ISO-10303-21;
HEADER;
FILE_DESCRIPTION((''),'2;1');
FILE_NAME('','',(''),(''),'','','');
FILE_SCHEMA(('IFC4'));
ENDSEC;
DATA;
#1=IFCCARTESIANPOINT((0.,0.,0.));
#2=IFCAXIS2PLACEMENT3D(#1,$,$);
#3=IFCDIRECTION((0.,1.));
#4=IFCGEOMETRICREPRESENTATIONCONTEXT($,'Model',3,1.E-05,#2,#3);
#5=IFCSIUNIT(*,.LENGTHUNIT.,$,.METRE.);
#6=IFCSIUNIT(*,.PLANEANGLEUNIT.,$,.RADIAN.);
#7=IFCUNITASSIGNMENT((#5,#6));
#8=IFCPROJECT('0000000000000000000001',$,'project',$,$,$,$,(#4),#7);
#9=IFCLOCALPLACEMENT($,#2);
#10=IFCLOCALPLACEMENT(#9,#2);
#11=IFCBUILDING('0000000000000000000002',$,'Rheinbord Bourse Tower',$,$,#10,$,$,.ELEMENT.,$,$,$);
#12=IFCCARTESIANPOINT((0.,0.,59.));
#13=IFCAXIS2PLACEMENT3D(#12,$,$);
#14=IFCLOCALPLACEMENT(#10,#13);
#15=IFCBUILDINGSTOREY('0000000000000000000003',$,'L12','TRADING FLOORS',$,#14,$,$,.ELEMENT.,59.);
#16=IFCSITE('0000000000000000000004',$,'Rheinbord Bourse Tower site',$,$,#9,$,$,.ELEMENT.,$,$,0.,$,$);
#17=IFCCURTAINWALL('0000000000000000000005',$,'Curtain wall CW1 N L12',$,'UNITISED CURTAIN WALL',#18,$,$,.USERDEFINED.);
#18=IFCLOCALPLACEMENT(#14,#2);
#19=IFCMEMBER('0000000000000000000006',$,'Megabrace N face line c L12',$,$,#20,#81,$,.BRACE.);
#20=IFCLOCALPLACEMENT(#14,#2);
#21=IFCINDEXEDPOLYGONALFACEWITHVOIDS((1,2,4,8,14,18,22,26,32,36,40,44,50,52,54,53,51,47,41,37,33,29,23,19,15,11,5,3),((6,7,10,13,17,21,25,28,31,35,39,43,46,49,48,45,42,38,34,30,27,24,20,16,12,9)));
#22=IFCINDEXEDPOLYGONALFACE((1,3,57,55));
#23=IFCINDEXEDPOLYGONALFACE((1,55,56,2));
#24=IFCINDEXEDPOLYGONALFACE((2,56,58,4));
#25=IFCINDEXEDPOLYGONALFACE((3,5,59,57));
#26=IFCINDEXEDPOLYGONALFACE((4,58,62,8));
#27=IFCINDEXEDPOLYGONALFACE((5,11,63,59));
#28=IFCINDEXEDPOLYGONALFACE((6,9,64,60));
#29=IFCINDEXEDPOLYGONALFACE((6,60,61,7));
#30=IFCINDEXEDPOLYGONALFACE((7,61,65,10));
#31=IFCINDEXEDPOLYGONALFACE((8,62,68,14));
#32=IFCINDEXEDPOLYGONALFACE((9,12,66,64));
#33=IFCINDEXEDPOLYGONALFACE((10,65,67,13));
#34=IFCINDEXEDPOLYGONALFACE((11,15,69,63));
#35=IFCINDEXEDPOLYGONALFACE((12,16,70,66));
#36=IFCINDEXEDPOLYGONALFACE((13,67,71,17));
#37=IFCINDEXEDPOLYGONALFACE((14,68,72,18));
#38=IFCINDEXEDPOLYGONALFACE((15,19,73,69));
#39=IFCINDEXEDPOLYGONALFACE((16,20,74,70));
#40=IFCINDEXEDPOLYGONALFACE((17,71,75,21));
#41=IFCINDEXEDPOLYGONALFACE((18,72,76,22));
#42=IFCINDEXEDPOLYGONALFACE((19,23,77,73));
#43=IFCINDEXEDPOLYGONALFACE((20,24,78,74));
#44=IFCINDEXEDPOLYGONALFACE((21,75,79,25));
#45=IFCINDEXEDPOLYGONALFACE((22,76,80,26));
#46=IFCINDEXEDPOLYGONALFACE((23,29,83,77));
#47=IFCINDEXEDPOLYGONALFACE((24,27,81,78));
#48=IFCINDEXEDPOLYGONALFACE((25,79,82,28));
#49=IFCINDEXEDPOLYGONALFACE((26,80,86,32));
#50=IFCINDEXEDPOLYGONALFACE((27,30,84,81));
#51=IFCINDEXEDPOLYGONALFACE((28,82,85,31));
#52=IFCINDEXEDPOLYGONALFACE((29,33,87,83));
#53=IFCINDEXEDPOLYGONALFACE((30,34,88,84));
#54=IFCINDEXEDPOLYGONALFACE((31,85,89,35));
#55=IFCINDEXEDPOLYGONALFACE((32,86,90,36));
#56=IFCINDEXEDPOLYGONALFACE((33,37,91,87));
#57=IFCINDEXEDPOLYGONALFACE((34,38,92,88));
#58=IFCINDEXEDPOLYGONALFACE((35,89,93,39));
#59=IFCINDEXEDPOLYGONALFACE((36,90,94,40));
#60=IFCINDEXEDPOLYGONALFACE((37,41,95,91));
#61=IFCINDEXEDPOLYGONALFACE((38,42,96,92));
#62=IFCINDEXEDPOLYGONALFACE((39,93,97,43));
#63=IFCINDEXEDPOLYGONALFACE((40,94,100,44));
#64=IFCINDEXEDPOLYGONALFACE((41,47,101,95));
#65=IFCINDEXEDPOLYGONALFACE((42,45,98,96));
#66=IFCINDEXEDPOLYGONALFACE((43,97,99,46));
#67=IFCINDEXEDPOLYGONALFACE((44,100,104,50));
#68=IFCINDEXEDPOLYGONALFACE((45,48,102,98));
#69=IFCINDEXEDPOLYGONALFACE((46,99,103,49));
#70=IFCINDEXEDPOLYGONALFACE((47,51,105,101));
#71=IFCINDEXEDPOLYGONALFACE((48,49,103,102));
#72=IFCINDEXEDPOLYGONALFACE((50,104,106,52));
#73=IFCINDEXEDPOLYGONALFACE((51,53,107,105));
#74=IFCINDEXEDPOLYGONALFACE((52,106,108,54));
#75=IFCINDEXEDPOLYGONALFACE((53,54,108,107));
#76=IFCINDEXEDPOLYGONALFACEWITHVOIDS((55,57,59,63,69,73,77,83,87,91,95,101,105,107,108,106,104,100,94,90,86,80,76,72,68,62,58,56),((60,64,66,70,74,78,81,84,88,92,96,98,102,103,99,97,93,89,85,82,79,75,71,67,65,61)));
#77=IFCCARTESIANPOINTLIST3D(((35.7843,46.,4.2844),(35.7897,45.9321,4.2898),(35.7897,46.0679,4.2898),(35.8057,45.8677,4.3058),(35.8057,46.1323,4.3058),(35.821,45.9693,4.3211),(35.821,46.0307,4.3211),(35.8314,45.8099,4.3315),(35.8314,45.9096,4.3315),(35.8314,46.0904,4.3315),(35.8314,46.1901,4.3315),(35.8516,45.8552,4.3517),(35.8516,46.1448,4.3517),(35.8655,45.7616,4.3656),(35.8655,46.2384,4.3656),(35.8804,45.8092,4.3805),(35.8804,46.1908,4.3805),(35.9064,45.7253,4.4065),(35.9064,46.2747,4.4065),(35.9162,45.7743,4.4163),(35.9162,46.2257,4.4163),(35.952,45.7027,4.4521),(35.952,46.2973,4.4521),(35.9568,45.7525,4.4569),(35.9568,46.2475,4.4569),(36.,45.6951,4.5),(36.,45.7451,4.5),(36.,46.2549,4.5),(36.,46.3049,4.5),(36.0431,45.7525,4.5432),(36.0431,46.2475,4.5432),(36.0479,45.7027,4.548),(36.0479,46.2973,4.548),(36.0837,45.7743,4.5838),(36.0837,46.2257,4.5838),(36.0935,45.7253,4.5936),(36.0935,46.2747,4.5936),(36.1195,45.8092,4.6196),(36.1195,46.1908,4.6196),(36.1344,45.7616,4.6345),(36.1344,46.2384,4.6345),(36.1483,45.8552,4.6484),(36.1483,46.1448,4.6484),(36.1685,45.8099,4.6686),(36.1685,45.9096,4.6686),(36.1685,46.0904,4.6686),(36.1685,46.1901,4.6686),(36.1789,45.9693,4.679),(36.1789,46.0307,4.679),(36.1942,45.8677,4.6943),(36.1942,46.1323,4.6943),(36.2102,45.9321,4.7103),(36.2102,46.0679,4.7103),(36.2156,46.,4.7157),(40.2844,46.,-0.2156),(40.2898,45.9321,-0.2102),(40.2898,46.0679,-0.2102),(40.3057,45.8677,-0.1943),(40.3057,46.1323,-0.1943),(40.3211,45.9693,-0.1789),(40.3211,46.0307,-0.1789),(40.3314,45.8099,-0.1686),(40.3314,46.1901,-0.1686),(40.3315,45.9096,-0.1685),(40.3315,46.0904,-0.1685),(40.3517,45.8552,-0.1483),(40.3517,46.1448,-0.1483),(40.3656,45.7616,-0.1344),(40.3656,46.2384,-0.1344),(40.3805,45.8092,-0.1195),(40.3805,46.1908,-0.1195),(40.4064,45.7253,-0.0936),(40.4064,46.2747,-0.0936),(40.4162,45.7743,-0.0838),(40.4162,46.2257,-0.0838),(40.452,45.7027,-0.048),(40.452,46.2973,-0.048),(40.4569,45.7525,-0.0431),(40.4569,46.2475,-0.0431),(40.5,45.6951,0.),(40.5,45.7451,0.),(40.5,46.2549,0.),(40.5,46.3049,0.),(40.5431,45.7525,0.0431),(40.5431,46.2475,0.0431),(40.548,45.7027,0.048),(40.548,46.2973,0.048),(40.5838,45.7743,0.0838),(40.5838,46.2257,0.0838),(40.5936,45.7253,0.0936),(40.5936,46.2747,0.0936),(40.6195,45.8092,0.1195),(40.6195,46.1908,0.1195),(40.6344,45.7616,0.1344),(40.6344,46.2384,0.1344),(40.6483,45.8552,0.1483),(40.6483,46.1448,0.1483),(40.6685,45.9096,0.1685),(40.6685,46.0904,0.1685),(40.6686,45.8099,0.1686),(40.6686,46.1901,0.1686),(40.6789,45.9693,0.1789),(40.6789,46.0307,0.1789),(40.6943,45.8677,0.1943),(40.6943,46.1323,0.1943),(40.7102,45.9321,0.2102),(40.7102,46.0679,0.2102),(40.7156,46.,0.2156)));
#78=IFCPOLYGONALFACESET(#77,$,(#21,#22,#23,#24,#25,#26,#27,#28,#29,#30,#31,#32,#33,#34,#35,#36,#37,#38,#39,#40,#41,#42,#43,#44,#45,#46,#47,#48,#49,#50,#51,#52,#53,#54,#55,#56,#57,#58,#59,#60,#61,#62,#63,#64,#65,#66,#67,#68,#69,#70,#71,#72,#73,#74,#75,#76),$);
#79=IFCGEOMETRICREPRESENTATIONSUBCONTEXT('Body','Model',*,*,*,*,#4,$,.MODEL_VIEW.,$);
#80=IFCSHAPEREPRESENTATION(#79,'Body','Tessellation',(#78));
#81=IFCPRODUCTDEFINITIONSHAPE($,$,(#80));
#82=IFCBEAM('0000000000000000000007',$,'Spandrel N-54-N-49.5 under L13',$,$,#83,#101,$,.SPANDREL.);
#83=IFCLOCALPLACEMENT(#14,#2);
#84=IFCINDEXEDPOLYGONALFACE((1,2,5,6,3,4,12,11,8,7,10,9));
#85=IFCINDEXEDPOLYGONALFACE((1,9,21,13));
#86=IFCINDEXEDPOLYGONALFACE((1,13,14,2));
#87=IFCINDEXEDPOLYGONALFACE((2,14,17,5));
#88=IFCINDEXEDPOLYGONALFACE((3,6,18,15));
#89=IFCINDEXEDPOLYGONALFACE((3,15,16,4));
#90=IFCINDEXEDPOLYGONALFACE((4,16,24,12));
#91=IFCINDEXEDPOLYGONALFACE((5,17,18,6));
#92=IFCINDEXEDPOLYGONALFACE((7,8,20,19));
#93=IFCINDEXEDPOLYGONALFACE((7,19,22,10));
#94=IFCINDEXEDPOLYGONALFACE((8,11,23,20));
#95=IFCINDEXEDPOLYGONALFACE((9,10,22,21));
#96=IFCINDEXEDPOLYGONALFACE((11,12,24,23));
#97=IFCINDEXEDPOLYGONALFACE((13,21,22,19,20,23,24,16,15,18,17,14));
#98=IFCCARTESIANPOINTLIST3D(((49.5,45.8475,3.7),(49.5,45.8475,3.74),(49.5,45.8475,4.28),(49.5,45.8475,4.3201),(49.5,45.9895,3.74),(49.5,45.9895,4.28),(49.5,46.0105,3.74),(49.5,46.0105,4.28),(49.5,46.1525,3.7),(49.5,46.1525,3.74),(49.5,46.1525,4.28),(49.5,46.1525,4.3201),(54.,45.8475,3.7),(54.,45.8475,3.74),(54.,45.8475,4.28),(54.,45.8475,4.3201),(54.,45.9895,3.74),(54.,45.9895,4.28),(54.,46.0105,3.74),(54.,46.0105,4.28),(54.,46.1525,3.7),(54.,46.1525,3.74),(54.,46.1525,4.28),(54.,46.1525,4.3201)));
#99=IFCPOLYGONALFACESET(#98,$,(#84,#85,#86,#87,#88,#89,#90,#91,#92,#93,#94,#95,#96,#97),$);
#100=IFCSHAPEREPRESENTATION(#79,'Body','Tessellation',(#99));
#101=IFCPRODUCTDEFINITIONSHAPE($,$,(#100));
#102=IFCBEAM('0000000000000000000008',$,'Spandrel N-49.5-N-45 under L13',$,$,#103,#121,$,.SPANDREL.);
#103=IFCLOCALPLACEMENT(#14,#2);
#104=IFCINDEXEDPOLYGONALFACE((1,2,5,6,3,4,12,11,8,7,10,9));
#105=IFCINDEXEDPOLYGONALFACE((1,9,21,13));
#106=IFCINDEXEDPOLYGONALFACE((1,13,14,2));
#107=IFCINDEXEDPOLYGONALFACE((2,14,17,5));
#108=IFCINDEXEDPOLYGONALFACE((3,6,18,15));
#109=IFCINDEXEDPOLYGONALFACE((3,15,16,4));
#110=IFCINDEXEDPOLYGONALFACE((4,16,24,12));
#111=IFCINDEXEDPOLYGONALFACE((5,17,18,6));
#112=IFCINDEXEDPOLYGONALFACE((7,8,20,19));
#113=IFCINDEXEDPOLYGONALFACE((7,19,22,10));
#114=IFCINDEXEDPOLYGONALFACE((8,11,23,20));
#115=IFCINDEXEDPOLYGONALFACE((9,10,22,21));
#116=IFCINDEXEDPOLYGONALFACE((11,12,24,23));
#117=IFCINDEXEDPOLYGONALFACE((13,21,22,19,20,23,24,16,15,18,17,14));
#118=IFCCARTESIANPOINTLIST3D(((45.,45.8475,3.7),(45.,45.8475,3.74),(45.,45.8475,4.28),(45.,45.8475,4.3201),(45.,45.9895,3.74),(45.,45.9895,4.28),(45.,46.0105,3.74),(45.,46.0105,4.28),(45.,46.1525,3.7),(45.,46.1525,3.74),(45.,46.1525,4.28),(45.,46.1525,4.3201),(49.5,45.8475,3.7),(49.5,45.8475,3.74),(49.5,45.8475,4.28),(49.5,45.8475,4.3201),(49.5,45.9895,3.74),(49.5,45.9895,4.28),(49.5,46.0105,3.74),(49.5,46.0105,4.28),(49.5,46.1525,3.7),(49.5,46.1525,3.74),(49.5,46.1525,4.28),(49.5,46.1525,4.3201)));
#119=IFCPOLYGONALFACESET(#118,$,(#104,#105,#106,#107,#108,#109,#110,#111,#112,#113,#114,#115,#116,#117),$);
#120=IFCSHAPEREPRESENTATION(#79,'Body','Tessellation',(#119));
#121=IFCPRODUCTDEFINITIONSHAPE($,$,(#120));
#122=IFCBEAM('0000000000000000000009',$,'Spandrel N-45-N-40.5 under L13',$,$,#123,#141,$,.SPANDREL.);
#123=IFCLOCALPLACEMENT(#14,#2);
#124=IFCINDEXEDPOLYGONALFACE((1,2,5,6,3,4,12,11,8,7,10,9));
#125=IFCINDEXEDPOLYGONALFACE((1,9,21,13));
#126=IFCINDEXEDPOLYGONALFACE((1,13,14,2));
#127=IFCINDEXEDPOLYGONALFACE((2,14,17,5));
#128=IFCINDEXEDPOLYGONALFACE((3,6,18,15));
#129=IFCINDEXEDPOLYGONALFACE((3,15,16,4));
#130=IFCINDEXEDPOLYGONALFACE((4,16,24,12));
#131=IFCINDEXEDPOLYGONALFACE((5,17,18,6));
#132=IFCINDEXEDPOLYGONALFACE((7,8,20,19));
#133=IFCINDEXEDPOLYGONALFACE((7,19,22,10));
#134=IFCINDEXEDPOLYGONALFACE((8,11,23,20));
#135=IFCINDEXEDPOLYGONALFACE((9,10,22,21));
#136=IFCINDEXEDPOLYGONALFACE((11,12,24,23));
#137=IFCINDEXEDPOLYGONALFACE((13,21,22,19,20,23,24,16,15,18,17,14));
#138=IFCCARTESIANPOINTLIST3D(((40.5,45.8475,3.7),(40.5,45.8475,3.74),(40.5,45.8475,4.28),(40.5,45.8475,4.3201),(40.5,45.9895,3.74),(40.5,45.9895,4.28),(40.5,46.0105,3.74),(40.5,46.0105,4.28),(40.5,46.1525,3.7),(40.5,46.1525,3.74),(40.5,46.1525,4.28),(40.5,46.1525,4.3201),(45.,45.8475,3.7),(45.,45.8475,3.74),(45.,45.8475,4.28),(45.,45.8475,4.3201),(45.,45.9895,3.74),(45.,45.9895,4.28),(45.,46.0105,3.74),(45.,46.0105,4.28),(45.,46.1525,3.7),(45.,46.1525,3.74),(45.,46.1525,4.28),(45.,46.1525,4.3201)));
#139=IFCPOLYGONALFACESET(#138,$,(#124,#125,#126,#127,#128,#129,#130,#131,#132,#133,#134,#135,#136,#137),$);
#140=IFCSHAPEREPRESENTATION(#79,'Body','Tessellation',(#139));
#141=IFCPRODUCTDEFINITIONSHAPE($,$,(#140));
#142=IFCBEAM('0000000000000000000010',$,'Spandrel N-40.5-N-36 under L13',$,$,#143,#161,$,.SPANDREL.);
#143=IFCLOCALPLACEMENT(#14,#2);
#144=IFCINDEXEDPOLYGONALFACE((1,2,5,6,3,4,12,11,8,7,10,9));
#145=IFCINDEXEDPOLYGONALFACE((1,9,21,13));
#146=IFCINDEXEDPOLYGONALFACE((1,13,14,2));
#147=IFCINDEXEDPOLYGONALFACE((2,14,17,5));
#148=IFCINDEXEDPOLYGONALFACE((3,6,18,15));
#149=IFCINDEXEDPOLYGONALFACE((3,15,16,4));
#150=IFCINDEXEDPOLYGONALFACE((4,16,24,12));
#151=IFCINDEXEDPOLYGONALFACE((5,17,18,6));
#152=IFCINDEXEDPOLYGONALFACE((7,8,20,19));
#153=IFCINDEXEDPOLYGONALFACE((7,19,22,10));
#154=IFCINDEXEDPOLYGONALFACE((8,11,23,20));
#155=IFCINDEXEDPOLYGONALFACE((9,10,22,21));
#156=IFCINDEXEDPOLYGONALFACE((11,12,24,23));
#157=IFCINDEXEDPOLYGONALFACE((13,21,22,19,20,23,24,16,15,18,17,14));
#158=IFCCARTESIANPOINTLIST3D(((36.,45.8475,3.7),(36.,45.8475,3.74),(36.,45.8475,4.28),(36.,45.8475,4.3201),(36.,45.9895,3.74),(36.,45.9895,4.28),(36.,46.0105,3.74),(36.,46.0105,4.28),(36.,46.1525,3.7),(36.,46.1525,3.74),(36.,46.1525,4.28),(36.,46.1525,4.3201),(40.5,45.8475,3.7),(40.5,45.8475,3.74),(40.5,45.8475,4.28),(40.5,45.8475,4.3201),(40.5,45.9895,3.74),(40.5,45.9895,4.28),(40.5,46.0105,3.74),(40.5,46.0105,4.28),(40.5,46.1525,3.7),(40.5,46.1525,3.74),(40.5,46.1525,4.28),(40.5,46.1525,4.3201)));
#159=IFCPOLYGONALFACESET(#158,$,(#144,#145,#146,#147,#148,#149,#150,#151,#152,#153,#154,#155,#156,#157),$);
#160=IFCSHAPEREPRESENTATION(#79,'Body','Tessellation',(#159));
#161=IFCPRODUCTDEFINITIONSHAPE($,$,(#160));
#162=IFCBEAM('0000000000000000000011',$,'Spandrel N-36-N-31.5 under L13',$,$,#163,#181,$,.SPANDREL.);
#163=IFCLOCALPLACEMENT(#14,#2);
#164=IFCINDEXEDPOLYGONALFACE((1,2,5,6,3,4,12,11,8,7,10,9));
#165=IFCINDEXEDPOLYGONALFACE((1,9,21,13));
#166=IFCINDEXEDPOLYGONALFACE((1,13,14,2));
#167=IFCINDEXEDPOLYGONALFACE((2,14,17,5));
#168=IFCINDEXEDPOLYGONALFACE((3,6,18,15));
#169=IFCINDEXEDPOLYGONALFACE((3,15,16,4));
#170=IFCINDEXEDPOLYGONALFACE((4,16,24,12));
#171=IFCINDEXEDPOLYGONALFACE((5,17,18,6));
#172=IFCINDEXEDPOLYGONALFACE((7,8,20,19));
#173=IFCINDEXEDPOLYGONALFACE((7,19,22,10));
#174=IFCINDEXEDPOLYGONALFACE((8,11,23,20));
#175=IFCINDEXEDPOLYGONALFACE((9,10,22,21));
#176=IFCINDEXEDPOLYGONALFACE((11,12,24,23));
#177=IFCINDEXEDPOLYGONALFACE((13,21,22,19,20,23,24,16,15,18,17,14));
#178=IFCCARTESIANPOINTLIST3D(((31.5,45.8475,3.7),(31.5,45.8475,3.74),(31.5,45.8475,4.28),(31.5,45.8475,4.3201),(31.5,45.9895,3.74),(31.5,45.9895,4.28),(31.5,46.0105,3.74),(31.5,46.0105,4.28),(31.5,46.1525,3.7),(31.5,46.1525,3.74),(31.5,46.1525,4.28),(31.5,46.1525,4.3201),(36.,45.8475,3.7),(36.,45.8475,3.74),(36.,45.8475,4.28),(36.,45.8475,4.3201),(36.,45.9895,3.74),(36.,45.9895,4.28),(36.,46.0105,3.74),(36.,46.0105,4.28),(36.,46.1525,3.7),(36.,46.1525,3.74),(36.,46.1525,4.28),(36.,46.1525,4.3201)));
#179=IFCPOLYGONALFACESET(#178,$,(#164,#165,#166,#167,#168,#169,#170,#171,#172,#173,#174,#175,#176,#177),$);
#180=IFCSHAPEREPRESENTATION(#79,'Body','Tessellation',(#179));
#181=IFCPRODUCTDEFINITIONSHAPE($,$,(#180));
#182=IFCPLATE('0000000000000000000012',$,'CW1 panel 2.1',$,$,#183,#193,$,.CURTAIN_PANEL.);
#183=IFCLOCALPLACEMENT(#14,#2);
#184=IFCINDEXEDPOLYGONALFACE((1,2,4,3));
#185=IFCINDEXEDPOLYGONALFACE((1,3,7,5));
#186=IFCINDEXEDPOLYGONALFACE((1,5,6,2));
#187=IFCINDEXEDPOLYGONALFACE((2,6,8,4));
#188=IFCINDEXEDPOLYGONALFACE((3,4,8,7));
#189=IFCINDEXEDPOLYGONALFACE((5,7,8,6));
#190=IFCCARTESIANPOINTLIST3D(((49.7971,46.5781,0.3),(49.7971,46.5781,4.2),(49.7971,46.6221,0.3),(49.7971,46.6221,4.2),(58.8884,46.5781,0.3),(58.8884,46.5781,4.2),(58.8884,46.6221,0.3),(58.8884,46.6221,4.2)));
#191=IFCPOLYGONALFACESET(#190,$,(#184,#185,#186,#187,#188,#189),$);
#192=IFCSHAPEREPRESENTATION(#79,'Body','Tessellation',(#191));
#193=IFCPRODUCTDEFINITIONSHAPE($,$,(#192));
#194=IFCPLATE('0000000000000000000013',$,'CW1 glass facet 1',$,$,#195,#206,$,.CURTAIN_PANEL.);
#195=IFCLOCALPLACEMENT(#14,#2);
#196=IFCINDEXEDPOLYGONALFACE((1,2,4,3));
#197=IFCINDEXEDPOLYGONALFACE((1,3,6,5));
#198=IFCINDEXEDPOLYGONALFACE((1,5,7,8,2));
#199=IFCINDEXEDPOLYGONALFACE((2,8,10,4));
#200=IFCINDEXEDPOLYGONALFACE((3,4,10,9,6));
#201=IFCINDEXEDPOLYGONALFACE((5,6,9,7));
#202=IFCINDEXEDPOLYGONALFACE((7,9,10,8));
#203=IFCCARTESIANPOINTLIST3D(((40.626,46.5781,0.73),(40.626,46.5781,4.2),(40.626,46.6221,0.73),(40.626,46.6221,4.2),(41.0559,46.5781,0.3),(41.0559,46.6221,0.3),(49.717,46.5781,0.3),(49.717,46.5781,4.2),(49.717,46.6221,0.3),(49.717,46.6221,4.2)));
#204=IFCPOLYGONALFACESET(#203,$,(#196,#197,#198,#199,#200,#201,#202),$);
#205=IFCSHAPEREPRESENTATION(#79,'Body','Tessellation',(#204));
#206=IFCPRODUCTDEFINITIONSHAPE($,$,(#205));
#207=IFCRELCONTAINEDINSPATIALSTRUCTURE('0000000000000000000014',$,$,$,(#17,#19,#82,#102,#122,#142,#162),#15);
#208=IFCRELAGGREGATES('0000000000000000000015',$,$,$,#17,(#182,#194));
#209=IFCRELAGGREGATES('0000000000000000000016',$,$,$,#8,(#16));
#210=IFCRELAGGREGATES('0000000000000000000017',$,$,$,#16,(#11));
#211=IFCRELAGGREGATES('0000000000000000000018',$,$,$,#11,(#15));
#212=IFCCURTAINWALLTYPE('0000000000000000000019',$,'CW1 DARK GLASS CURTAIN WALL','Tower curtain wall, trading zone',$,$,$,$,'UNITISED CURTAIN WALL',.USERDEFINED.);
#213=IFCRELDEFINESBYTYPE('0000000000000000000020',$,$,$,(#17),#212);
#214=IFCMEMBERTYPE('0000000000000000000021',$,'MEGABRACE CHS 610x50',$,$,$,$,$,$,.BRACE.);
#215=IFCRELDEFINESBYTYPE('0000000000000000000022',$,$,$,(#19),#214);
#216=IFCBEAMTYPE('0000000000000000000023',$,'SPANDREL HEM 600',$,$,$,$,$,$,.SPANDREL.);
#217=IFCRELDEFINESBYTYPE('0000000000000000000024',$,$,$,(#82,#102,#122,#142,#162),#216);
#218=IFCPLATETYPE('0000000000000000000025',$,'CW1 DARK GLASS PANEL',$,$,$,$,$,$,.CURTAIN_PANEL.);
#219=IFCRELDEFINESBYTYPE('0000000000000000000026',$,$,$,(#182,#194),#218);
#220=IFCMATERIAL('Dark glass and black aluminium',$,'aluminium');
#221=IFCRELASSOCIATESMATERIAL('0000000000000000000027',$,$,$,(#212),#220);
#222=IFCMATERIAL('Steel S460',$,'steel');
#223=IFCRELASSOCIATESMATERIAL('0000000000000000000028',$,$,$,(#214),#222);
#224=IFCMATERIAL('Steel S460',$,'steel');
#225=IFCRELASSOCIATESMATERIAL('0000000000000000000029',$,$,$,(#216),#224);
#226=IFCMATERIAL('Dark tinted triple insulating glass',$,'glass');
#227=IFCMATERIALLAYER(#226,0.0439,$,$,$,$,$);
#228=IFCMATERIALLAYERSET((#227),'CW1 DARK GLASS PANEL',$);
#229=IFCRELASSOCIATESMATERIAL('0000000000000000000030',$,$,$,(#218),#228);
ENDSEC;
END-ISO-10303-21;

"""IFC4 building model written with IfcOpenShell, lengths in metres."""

from ifc_helpers import new_model, si_unit, direction, frame, origin, origin_2d, place, context, subcontext, project, spatial, polyline, rectangle, hollow_circle, i_section, outline, extrude, material, layer, layer_set, material_profile, profile_set, type_object, element, aggregate, save


model = new_model("IFC4")

# Units and contexts
model_context = context("Model", 3, precision=1e-05, world=origin(), true_north=direction((0.0, 1.0)))
body_context = subcontext(model_context, "Body", "Model", "MODEL_VIEW")
ifc_project = project(units=[si_unit("LENGTHUNIT", "METRE"), si_unit("PLANEANGLEUNIT", "RADIAN")], contexts=[model_context])

# Site, building, storey
site_placement = place(None, origin())
site = spatial("IfcSite", under=ifc_project, at=site_placement, Name="Rheinbord Bourse Tower site", CompositionType="ELEMENT", RefElevation=0.0)
building_placement = place(site_placement, origin())
building = spatial("IfcBuilding", under=site, at=building_placement, Name="Rheinbord Bourse Tower", CompositionType="ELEMENT")
storey_placement = place(building_placement, frame((0.0, 0.0, 59.0)))
storey = spatial("IfcBuildingStorey", under=building, at=storey_placement, Name="L12", Description="TRADING FLOORS", CompositionType="ELEMENT", Elevation=59.0)

# Curtain wall
ifc_material_1 = material(Name="Dark glass and black aluminium", Category="aluminium")
curtain_wall_type = type_object("IfcCurtainWallType", Name="CW1 DARK GLASS CURTAIN WALL", Description="Tower curtain wall, trading zone", ElementType="UNITISED CURTAIN WALL", PredefinedType="USERDEFINED", material=ifc_material_1)
curtain_wall_placement = place(storey_placement, origin())
curtain_wall = element("IfcCurtainWall", 1, at=curtain_wall_placement, inside=storey, type_object=curtain_wall_type, Name="Curtain wall CW1 N L12", ObjectType="UNITISED CURTAIN WALL", PredefinedType="USERDEFINED")

# Member
ifc_material_2 = material(Name="Steel S460", Category="steel")
ifc_material_profile_1 = material_profile(ifc_material_2, hollow_circle(Radius=0.3049, WallThickness=0.05, at=origin_2d()), Name="CHS 610x50")
ifc_profile_set_1 = profile_set([ifc_material_profile_1], Name="Steel S460")
member_type_1 = type_object("IfcMemberType", Name="MEGABRACE CHS 610x50", PredefinedType="BRACE", material=ifc_profile_set_1)
member_1_placement = place(storey_placement, frame((40.5, 46.0, 0.0), z_axis=(-0.707107, 0.0, 0.707107), x_axis=(0.0, -1.0, 0.0)))
element("IfcMember", 2, at=member_1_placement, inside=storey, type_object=member_type_1, Name="Megabrace N face line c L12", PredefinedType="BRACE", context=body_context, shape_type="SweptSolid", body=[
    extrude(hollow_circle(Radius=0.3049, WallThickness=0.05, at=origin_2d()), origin(), (0.0, 0.0, 1.0), 6.364),
])

# Beams
ifc_material_3 = material(Name="Steel S460", Category="steel")
ifc_material_profile_2 = material_profile(ifc_material_3, i_section(OverallWidth=0.3049, OverallDepth=0.6201, WebThickness=0.021, FlangeThickness=0.04, at=origin_2d()), Name="HEM 600")
ifc_profile_set_2 = profile_set([ifc_material_profile_2], Name="Steel S460")
beam_type_1 = type_object("IfcBeamType", Name="SPANDREL HEM 600", PredefinedType="SPANDREL", material=ifc_profile_set_2)
for number, where, z_axis, x_axis, name in (
    (3, (54.0, 46.0, 4.01), (-1.0, 0.0, 0.0), (0.0, -1.0, 0.0), "Spandrel N-54-N-49.5 under L13"),
    (4, (49.5, 46.0, 4.01), (-1.0, 0.0, 0.0), (0.0, -1.0, 0.0), "Spandrel N-49.5-N-45 under L13"),
    (5, (45.0, 46.0, 4.01), (-1.0, 0.0, 0.0), (0.0, -1.0, 0.0), "Spandrel N-45-N-40.5 under L13"),
    (6, (40.5, 46.0, 4.01), (-1.0, 0.0, 0.0), (0.0, -1.0, 0.0), "Spandrel N-40.5-N-36 under L13"),
    (7, (36.0, 46.0, 4.01), (-1.0, 0.0, 0.0), (0.0, -1.0, 0.0), "Spandrel N-36-N-31.5 under L13"),
):
    element("IfcBeam", number, at=place(storey_placement, frame(where, z_axis=z_axis, x_axis=x_axis)), inside=storey, type_object=beam_type_1, Name=name, PredefinedType="SPANDREL", context=body_context, shape_type="SweptSolid", body=[
        extrude(i_section(OverallWidth=0.3049, OverallDepth=0.6201, WebThickness=0.021, FlangeThickness=0.04, at=origin_2d()), origin(), (0.0, 0.0, 1.0), 4.5),
    ])

# Plates
ifc_material_4 = material(Name="Dark tinted triple insulating glass", Category="glass")
ifc_layer_1 = layer(ifc_material_4, 0.0439)
ifc_layer_set_1 = layer_set([ifc_layer_1], Name="CW1 DARK GLASS PANEL")
plate_type = type_object("IfcPlateType", Name="CW1 DARK GLASS PANEL", PredefinedType="CURTAIN_PANEL", material=ifc_layer_set_1)
plate_1_placement = place(storey_placement, frame((54.3428, 46.6001, 0.3), z_axis=(0.0, 0.0, 1.0), x_axis=(-1.0, 0.0, 0.0)))
plate_1 = element("IfcPlate", 8, at=plate_1_placement, type_object=plate_type, Name="CW1 panel 2.1", PredefinedType="CURTAIN_PANEL", context=body_context, shape_type="SweptSolid", body=[
    extrude(rectangle(XDim=9.0913, YDim=0.0439, at=origin_2d()), origin(), (0.0, 0.0, 1.0), 3.8999),
])
plate_2_placement = place(storey_placement, frame((49.717, 46.6221, 0.3), z_axis=(0.0, -1.0, 0.0), x_axis=(0.0, 0.0, 1.0)))
plate_2 = element("IfcPlate", 9, at=plate_2_placement, type_object=plate_type, Name="CW1 glass facet 1", PredefinedType="CURTAIN_PANEL", context=body_context, shape_type="SweptSolid", body=[
    extrude(outline(polyline([(0.0, 0.0), (3.8999, 0.0), (3.8999, 9.0911), (0.4299, 9.0911), (0.0, 8.6611), (0.0, 0.0)])), origin(), (0.0, 0.0, 1.0), 0.0439),
])
aggregate(curtain_wall, [plate_1, plate_2])

save(model, "model.ifc")
